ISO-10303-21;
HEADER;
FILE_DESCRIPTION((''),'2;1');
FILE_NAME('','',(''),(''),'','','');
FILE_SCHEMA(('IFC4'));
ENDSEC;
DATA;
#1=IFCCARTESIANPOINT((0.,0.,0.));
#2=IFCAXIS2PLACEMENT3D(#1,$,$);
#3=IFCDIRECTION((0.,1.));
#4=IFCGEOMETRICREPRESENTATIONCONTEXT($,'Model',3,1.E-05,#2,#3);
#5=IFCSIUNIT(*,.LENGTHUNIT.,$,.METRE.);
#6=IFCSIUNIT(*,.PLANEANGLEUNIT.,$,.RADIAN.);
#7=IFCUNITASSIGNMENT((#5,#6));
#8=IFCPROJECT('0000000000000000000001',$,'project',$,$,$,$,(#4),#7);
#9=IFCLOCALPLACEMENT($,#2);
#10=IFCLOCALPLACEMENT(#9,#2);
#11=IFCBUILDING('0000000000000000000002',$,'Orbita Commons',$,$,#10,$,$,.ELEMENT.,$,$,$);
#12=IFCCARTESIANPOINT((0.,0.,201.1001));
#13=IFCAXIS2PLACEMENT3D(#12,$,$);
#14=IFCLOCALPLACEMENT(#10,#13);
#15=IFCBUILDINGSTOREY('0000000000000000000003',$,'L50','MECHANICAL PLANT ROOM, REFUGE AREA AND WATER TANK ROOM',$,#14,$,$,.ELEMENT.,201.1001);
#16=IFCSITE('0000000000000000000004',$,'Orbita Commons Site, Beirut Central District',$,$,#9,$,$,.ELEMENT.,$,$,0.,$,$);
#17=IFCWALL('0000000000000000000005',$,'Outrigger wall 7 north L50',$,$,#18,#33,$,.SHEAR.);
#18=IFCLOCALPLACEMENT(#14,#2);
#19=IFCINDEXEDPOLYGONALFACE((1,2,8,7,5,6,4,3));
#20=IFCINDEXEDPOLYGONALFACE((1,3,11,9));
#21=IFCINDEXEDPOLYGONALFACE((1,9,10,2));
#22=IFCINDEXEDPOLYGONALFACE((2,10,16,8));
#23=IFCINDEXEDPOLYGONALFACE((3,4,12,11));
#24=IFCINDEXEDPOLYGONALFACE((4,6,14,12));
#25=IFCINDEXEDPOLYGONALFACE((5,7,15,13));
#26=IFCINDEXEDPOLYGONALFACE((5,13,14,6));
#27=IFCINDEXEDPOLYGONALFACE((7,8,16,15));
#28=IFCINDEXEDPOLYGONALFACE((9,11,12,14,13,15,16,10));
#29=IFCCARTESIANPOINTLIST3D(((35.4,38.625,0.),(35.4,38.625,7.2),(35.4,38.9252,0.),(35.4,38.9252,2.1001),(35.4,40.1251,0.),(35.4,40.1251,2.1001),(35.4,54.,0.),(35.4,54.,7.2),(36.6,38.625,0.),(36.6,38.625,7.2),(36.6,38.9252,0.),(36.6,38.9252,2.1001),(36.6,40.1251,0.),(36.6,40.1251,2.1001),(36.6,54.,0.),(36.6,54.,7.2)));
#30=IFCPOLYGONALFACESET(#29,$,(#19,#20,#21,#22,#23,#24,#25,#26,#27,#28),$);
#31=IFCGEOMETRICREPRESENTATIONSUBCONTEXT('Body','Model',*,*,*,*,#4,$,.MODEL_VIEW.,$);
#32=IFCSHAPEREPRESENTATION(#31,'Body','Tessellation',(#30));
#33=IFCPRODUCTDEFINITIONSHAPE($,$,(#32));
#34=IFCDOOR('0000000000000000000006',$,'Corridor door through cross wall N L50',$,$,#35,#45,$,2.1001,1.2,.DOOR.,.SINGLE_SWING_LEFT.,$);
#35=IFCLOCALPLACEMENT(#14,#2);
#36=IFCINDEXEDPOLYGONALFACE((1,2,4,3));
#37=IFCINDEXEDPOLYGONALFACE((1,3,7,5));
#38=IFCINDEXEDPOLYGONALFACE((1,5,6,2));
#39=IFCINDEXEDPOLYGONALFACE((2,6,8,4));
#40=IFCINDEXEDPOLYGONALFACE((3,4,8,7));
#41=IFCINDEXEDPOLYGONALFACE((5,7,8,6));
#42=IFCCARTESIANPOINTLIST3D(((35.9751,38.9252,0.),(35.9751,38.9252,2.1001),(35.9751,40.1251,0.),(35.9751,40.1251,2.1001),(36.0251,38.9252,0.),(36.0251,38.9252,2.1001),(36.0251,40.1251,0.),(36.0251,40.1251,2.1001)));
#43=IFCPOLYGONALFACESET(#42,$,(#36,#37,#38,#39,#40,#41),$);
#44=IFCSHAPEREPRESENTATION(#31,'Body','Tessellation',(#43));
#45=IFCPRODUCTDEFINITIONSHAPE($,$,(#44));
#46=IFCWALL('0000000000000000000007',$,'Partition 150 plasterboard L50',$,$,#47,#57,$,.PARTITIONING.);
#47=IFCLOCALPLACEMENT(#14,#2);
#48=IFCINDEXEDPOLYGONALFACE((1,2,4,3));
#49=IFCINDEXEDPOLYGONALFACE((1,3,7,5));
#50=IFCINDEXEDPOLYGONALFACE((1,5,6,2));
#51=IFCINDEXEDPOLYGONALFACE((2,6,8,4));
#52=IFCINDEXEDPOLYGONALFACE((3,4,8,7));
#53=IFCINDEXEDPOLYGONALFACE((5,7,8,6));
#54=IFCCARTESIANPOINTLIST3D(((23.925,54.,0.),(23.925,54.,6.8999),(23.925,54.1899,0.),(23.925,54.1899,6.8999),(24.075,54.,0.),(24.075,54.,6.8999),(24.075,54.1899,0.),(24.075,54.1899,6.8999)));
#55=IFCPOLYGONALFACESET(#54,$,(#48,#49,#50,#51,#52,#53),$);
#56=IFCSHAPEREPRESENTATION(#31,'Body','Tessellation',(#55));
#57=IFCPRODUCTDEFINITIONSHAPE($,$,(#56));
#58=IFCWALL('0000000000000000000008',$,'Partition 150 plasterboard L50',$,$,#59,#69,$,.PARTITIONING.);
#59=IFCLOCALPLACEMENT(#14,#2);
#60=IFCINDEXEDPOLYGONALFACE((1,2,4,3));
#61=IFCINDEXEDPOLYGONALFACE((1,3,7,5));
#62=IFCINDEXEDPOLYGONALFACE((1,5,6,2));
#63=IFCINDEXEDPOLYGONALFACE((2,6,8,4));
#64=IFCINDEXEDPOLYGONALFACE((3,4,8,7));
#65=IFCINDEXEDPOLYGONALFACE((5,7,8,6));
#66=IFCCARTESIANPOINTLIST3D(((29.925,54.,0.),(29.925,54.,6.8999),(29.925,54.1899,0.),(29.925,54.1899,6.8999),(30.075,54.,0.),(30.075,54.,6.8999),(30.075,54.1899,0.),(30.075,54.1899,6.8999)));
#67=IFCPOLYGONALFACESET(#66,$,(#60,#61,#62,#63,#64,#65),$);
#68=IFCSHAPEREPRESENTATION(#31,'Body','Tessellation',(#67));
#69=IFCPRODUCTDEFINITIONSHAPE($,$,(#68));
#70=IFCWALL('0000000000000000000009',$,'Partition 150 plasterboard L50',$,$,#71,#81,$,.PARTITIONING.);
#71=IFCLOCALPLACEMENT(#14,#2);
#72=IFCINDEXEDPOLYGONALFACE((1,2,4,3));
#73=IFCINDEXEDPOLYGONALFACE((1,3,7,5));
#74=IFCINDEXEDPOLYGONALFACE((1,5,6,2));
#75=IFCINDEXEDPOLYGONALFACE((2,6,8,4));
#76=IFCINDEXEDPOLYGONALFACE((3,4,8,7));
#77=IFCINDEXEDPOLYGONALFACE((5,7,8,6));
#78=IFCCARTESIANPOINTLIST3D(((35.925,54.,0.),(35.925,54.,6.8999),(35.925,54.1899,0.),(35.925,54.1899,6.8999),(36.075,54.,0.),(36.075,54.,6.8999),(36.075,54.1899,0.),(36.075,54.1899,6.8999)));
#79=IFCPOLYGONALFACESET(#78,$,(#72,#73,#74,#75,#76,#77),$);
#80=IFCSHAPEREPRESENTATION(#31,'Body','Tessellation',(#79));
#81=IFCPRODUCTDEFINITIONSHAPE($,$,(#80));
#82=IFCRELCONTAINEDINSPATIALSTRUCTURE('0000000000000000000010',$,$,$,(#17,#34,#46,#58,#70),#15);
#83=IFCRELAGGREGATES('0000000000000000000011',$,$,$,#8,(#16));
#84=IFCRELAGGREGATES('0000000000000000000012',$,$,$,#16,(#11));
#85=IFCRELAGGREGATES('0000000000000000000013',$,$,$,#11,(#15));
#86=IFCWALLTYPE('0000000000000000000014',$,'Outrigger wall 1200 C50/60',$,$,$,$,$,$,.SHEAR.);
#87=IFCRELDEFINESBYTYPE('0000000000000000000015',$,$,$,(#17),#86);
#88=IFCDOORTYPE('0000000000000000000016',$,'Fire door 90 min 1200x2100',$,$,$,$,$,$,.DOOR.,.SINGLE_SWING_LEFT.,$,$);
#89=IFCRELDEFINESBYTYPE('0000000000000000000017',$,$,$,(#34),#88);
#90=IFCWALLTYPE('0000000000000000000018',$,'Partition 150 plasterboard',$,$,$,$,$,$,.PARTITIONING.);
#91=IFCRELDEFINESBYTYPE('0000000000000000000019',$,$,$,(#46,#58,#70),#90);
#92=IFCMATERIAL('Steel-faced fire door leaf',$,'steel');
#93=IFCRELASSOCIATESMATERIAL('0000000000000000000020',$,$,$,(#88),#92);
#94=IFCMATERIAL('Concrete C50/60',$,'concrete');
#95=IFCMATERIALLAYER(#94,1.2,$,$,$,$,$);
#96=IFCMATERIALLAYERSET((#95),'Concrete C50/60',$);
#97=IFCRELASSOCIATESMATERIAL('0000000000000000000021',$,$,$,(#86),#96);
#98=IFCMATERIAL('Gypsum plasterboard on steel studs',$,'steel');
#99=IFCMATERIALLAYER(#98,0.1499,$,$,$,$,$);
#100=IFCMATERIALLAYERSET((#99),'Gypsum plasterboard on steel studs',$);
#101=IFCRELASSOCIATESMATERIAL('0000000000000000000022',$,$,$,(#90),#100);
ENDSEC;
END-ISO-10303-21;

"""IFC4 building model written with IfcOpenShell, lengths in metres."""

from ifc_helpers import new_model, si_unit, direction, frame, frame_2d, origin, place, context, subcontext, project, spatial, rectangle, extrude, material, layer, layer_set, type_object, element, fill, save


model = new_model("IFC4")

# Units and contexts
model_context = context("Model", 3, precision=1e-05, world=origin(), true_north=direction((0.0, 1.0)))
body_context = subcontext(model_context, "Body", "Model", "MODEL_VIEW")
ifc_project = project(units=[si_unit("LENGTHUNIT", "METRE"), si_unit("PLANEANGLEUNIT", "RADIAN")], contexts=[model_context])

# Site, building, storey
site_placement = place(None, origin())
site = spatial("IfcSite", under=ifc_project, at=site_placement, Name="Orbita Commons Site, Beirut Central District", CompositionType="ELEMENT", RefElevation=0.0)
building_placement = place(site_placement, origin())
building = spatial("IfcBuilding", under=site, at=building_placement, Name="Orbita Commons", CompositionType="ELEMENT")
storey_placement = place(building_placement, frame((0.0, 0.0, 201.1001)))
storey = spatial("IfcBuildingStorey", under=building, at=storey_placement, Name="L50", Description="MECHANICAL PLANT ROOM, REFUGE AREA AND WATER TANK ROOM", CompositionType="ELEMENT", Elevation=201.1001)

# Wall, opening, door
ifc_material_1 = material(Name="Steel-faced fire door leaf", Category="steel")
door_type_1 = type_object("IfcDoorType", Name="Fire door 90 min 1200x2100", OperationType="SINGLE_SWING_LEFT", PredefinedType="DOOR", material=ifc_material_1)
ifc_material_2 = material(Name="Concrete C50/60", Category="concrete")
ifc_layer_1 = layer(ifc_material_2, 1.2)
ifc_layer_set_1 = layer_set([ifc_layer_1], Name="Concrete C50/60")
wall_type_1 = type_object("IfcWallType", Name="Outrigger wall 1200 C50/60", PredefinedType="SHEAR", material=ifc_layer_set_1)
wall_1_placement = place(storey_placement, frame((36.0, 38.625, 0.0), z_axis=(0.0, 0.0, 1.0), x_axis=(0.0, 1.0, 0.0)))
wall_1 = element("IfcWall", 1, at=wall_1_placement, inside=storey, type_object=wall_type_1, Name="Outrigger wall 7 north L50", PredefinedType="SHEAR", context=body_context, shape_type="SweptSolid", body=[
    extrude(rectangle(XDim=15.375, YDim=1.2, at=frame_2d((7.6875, 0.0))), origin(), (0.0, 0.0, 1.0), 7.2),
])
opening_1_placement = place(wall_1_placement, frame((0.3, 0.0, 0.0)))
opening_1 = element("IfcOpeningElement", 2, at=opening_1_placement, cuts=wall_1, PredefinedType="OPENING", context=body_context, shape_type="SweptSolid", body=[
    extrude(rectangle(XDim=1.2, YDim=2.1001, at=frame_2d((0.6001, 1.05))), frame((0.0, 0.6099, 0.0), z_axis=(0.0, -1.0, 0.0), x_axis=(1.0, 0.0, 0.0)), (0.0, 0.0, 1.0), 1.22),
])
door_1_placement = place(opening_1_placement, origin())
door_1 = element("IfcDoor", 3, at=door_1_placement, inside=storey, type_object=door_type_1, Name="Corridor door through cross wall N L50", OperationType="SINGLE_SWING_LEFT", OverallHeight=2.1001, OverallWidth=1.2, PredefinedType="DOOR", context=body_context, shape_type="SweptSolid", body=[
    extrude(rectangle(XDim=1.2, YDim=2.1001, at=frame_2d((0.6001, 1.05))), frame((0.0, 0.0249, 0.0), z_axis=(0.0, -1.0, 0.0), x_axis=(1.0, 0.0, 0.0)), (0.0, 0.0, 1.0), 0.05),
])
fill(opening_1, door_1)

# Walls
ifc_material_3 = material(Name="Gypsum plasterboard on steel studs", Category="steel")
ifc_layer_2 = layer(ifc_material_3, 0.1499)
ifc_layer_set_2 = layer_set([ifc_layer_2], Name="Gypsum plasterboard on steel studs")
wall_type_2 = type_object("IfcWallType", Name="Partition 150 plasterboard", PredefinedType="PARTITIONING", material=ifc_layer_set_2)
for number, where, z_axis, x_axis, name in (
    (4, (24.0, 54.0, 0.0), (0.0, 0.0, 1.0), (0.0, 1.0, 0.0), "Partition 150 plasterboard L50"),
    (5, (30.0, 54.0, 0.0), (0.0, 0.0, 1.0), (0.0, 1.0, 0.0), "Partition 150 plasterboard L50"),
    (6, (36.0, 54.0, 0.0), (0.0, 0.0, 1.0), (0.0, 1.0, 0.0), "Partition 150 plasterboard L50"),
):
    element("IfcWall", number, at=place(storey_placement, frame(where, z_axis=z_axis, x_axis=x_axis)), inside=storey, type_object=wall_type_2, Name=name, PredefinedType="PARTITIONING", context=body_context, shape_type="SweptSolid", body=[
        extrude(rectangle(XDim=0.1899, YDim=0.1499, at=frame_2d((0.095, 0.0))), origin(), (0.0, 0.0, 1.0), 6.8999),
    ])

save(model, "model.ifc")
